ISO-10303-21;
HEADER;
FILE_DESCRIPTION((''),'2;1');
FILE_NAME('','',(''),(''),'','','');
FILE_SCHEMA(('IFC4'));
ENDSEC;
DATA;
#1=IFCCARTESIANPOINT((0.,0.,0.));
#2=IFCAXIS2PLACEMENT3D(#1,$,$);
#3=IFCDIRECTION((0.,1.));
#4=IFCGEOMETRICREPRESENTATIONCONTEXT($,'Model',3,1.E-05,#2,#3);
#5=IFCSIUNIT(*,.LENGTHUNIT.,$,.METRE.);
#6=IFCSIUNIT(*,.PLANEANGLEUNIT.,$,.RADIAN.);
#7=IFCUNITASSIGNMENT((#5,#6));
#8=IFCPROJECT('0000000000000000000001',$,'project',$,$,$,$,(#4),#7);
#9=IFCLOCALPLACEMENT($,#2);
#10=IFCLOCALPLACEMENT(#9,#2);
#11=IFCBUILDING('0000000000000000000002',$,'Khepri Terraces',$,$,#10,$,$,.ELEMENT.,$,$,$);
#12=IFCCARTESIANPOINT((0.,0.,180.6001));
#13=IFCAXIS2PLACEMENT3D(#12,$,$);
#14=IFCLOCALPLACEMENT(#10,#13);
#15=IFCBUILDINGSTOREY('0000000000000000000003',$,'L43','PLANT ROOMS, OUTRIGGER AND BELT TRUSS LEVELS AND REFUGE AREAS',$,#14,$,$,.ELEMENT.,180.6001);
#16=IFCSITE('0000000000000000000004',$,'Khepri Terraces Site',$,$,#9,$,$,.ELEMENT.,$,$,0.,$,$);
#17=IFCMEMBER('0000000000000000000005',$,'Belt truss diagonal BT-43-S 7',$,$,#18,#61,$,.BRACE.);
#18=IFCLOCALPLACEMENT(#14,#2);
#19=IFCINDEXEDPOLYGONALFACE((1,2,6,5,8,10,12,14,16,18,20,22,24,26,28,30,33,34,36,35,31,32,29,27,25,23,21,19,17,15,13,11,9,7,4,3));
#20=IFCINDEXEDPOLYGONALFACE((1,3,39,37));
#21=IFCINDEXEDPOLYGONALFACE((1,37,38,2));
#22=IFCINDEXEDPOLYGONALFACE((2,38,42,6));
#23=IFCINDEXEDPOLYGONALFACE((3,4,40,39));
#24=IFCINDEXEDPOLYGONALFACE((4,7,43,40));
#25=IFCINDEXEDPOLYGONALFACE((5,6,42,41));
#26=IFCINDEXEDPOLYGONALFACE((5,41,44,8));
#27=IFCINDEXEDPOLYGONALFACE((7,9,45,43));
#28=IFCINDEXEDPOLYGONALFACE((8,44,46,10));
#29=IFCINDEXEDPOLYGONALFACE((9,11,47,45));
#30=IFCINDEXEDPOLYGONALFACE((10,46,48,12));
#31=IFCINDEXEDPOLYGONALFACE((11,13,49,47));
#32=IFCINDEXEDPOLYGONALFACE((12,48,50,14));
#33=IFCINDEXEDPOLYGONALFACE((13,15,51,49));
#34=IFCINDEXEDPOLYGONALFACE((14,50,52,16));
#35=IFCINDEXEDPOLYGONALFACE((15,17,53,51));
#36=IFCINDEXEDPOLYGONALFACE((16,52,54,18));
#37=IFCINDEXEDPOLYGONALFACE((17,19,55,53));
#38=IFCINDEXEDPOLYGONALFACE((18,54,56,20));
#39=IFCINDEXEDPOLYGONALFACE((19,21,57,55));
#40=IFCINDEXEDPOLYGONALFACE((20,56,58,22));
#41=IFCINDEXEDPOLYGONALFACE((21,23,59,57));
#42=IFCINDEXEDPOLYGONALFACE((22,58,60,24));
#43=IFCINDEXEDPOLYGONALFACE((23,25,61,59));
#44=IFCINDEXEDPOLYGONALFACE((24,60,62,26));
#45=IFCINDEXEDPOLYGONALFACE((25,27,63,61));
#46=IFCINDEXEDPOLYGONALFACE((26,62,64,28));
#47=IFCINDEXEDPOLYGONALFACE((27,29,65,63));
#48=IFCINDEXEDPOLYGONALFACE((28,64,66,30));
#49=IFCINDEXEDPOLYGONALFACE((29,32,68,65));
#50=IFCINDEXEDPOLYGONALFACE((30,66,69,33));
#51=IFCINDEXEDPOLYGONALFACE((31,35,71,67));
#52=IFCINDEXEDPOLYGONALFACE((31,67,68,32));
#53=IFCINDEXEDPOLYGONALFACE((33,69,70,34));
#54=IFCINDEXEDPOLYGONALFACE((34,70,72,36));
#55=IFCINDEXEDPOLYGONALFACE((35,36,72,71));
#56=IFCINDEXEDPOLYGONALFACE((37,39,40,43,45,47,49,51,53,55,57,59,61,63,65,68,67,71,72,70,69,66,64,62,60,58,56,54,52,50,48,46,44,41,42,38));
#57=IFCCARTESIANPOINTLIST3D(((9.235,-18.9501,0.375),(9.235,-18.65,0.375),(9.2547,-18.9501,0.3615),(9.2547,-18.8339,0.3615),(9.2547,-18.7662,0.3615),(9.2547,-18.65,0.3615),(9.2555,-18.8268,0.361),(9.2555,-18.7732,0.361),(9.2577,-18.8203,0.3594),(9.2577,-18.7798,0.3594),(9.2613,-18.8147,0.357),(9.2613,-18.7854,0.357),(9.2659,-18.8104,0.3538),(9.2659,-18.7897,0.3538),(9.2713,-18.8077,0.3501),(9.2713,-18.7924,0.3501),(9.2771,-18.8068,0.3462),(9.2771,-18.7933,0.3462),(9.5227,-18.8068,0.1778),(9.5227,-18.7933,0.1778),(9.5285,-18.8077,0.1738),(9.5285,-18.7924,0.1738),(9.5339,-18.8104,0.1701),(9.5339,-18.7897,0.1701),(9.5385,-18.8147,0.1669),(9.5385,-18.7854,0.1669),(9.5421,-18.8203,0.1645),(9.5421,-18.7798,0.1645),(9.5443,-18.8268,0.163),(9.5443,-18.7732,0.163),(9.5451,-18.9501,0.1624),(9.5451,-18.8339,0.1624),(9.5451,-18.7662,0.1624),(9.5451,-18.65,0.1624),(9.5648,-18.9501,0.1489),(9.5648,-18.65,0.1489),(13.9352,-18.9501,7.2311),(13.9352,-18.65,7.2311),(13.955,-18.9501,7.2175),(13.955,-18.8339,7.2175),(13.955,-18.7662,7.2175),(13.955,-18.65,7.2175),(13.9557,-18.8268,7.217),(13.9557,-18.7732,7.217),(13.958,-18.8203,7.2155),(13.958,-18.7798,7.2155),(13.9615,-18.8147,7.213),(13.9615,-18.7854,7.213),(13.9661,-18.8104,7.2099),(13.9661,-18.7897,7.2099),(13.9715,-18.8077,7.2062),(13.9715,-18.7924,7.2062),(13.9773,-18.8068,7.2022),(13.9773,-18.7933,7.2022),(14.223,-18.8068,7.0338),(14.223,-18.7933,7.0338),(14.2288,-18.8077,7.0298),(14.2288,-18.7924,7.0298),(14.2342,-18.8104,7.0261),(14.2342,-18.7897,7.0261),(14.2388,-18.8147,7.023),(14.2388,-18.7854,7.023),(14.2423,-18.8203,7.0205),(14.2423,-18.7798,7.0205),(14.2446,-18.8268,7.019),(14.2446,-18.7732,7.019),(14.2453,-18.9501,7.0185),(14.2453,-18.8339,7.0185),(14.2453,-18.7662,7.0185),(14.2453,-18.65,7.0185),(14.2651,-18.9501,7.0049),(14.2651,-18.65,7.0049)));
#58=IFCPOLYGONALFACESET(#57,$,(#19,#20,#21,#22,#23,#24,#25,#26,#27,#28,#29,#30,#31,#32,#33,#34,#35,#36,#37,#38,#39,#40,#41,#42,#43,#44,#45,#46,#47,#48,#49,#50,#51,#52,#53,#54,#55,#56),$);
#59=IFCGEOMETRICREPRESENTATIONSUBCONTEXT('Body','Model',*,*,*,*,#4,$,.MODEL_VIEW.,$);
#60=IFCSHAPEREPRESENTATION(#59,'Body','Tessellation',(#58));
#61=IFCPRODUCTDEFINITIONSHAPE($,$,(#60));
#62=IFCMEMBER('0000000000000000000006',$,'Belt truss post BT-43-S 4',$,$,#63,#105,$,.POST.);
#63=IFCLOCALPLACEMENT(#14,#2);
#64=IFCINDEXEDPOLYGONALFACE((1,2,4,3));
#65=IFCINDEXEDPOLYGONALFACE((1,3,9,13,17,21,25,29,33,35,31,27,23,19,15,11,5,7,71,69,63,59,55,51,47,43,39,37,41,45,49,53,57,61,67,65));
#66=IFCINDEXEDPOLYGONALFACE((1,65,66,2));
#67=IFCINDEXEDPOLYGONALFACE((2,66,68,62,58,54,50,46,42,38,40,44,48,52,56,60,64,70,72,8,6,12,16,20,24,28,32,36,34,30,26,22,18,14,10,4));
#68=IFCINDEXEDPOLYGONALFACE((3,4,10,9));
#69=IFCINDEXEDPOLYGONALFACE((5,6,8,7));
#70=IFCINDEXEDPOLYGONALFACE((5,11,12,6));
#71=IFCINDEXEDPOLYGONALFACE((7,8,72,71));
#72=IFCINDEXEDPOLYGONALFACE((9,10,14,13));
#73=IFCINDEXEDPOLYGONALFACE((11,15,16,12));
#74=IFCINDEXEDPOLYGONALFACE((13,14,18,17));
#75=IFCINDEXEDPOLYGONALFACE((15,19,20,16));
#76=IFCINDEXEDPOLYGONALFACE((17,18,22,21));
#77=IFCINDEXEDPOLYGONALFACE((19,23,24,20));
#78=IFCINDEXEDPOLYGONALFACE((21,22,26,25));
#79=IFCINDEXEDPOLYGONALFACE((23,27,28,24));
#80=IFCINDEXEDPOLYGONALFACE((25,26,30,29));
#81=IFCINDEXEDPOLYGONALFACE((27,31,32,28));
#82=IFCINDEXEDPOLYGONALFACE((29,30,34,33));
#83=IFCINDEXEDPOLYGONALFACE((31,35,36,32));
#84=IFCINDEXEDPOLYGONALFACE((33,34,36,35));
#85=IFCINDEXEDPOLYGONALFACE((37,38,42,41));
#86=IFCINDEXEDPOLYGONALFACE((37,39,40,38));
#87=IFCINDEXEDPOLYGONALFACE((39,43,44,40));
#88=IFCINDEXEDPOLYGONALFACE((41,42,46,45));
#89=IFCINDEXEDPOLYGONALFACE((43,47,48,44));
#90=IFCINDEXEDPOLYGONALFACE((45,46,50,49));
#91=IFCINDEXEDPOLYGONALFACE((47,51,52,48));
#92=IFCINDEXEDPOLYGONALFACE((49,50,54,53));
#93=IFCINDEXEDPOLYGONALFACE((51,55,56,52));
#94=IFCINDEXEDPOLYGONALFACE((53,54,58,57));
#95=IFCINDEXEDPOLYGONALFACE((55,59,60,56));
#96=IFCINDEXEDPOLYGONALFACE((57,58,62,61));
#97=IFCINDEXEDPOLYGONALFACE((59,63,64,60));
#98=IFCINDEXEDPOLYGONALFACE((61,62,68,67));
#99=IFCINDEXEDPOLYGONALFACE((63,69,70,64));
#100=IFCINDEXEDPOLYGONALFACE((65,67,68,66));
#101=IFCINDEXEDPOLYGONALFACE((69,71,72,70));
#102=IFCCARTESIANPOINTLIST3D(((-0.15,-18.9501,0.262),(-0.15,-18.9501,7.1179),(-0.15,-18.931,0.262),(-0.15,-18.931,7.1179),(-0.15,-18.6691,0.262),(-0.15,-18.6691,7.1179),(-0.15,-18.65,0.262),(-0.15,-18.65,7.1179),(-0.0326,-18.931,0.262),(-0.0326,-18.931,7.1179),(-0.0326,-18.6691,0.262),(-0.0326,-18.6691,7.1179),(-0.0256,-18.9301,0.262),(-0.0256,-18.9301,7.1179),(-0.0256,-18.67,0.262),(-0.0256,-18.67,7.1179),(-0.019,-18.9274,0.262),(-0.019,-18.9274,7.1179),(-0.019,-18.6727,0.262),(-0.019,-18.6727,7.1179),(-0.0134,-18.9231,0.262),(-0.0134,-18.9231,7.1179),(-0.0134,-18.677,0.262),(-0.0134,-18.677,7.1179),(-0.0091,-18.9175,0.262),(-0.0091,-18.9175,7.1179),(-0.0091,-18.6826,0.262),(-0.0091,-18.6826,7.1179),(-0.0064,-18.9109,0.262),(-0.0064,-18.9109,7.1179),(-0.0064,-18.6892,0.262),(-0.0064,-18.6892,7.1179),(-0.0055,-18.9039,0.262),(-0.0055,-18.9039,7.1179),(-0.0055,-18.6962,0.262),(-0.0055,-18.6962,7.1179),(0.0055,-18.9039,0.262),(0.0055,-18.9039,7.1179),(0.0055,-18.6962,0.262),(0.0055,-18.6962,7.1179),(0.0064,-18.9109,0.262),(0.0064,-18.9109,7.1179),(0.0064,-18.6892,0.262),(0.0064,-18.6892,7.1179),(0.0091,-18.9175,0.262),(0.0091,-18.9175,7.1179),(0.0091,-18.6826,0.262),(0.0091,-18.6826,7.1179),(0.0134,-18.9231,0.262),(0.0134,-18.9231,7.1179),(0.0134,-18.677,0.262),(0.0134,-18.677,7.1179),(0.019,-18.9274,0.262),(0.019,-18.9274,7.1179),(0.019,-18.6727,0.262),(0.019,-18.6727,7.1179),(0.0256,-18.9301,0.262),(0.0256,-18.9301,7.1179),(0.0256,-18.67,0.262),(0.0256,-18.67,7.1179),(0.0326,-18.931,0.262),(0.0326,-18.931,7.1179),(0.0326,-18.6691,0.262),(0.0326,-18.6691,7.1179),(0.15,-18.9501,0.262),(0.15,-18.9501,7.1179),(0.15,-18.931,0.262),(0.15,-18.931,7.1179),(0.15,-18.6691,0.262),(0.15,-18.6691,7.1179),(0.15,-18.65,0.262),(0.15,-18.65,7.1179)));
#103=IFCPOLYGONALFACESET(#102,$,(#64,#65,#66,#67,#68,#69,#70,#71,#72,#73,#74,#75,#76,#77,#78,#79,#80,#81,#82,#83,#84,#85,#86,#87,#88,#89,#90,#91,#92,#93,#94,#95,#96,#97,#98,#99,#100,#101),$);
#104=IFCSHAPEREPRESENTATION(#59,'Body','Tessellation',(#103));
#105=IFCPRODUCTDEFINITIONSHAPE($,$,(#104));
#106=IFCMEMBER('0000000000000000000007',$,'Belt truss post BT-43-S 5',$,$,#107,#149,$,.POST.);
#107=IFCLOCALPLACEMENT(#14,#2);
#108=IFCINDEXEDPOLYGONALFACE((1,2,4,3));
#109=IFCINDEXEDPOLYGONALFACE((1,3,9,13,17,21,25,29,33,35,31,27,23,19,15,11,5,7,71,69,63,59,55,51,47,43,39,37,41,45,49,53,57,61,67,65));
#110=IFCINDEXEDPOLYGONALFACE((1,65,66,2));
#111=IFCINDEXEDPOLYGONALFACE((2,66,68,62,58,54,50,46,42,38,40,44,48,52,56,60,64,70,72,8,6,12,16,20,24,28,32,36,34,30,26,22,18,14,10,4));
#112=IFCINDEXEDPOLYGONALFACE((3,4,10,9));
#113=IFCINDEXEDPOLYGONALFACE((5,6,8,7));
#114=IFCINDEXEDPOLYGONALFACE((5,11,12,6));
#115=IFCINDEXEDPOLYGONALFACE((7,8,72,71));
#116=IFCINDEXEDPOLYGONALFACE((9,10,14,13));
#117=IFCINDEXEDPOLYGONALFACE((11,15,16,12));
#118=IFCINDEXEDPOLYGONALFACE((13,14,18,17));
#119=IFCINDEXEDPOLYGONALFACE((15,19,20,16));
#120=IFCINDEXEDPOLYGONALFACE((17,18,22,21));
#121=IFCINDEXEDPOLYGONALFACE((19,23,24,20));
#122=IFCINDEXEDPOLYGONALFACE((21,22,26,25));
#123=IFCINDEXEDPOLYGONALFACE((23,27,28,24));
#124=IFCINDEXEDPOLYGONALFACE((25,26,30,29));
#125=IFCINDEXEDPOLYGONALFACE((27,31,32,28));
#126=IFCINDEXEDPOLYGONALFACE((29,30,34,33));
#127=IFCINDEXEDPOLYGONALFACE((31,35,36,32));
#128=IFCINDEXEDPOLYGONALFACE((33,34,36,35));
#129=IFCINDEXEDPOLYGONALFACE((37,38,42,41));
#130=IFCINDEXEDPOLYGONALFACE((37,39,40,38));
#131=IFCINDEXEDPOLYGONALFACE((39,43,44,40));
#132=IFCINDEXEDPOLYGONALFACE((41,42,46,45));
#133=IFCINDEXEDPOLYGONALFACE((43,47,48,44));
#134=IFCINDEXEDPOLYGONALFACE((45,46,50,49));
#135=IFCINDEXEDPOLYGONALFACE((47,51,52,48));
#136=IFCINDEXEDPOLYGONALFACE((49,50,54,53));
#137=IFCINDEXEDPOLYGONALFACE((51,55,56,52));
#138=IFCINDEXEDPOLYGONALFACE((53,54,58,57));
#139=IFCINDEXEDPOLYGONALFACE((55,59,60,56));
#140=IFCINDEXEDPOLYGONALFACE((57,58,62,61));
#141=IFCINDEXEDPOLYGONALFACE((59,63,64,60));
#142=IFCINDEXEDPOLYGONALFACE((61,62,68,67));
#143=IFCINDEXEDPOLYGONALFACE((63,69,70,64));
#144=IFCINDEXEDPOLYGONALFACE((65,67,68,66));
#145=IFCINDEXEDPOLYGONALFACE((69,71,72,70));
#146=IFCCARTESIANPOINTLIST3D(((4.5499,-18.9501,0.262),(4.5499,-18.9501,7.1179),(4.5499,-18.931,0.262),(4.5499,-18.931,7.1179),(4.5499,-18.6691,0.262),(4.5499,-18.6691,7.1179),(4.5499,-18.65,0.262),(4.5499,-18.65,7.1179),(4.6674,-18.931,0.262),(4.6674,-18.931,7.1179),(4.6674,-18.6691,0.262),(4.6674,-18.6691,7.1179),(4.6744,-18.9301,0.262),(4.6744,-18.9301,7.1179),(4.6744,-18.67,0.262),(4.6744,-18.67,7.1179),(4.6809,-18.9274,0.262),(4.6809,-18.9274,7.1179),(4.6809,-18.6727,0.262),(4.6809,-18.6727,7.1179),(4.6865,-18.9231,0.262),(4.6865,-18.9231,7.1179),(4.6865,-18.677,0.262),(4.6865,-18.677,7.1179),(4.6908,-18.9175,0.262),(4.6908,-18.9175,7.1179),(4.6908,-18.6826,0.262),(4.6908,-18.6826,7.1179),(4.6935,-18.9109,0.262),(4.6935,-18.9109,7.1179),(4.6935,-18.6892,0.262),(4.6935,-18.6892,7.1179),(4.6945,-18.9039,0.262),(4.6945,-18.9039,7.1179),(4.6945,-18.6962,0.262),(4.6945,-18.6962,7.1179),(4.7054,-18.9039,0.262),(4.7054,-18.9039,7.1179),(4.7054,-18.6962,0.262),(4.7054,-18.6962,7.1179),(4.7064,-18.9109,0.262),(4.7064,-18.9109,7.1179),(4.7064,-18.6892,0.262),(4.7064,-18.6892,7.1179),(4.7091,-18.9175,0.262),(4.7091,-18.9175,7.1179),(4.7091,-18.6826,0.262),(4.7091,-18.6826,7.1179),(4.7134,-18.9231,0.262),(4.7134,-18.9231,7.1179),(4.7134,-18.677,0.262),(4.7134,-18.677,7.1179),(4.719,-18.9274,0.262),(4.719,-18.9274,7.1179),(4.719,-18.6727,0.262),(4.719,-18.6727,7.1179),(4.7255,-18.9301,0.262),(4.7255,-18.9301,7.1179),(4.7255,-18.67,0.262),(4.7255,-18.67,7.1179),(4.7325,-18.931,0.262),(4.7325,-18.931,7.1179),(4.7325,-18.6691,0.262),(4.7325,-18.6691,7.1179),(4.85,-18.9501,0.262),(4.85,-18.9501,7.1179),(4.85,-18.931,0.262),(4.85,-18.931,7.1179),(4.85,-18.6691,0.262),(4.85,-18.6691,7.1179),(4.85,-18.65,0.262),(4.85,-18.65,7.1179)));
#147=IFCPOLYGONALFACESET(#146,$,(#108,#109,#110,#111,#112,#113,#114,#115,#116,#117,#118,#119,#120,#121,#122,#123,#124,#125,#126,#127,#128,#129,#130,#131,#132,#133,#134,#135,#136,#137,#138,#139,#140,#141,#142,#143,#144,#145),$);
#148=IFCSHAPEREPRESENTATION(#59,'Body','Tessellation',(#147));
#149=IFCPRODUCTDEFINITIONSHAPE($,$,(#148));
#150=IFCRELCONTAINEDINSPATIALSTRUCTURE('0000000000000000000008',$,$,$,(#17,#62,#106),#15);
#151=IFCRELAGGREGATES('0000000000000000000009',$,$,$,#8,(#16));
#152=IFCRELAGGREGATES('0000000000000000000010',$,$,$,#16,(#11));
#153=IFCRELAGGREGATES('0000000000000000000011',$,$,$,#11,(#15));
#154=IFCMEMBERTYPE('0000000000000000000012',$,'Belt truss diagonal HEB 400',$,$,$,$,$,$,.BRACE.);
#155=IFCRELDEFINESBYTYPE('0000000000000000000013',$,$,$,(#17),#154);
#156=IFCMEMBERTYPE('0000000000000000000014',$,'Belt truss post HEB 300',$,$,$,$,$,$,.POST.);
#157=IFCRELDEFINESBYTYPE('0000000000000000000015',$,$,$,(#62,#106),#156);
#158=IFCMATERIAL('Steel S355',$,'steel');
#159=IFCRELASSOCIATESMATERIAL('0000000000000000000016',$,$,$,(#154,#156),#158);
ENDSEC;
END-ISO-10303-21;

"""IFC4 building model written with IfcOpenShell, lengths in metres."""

from ifc_helpers import new_model, si_unit, direction, frame, origin, origin_2d, place, context, subcontext, project, spatial, i_section, extrude, material, material_profile, profile_set, type_object, element, save


model = new_model("IFC4")

# Units and contexts
model_context = context("Model", 3, precision=1e-05, world=origin(), true_north=direction((0.0, 1.0)))
body_context = subcontext(model_context, "Body", "Model", "MODEL_VIEW")
ifc_project = project(units=[si_unit("LENGTHUNIT", "METRE"), si_unit("PLANEANGLEUNIT", "RADIAN")], contexts=[model_context])

# Site, building, storey
site_placement = place(None, origin())
site = spatial("IfcSite", under=ifc_project, at=site_placement, Name="Khepri Terraces Site", CompositionType="ELEMENT", RefElevation=0.0)
building_placement = place(site_placement, origin())
building = spatial("IfcBuilding", under=site, at=building_placement, Name="Khepri Terraces", CompositionType="ELEMENT")
storey_placement = place(building_placement, frame((0.0, 0.0, 180.6001)))
storey = spatial("IfcBuildingStorey", under=building, at=storey_placement, Name="L43", Description="PLANT ROOMS, OUTRIGGER AND BELT TRUSS LEVELS AND REFUGE AREAS", CompositionType="ELEMENT", Elevation=180.6001)

# Members
ifc_material_1 = material(Name="Steel S355", Category="steel")
ifc_material_profile_1 = material_profile(ifc_material_1, i_section(OverallWidth=0.3, OverallDepth=0.3999, WebThickness=0.0134, FlangeThickness=0.0239, FilletRadius=0.0271, at=origin_2d()), Name="Steel S355", Category="steel")
ifc_profile_set_1 = profile_set([ifc_material_profile_1], Name="Steel S355")
member_type_1 = type_object("IfcMemberType", Name="Belt truss diagonal HEB 400", PredefinedType="BRACE", material=ifc_profile_set_1)
member_placement = place(storey_placement, frame((9.3999, -18.8, 0.262), z_axis=(0.565444, 0.0, 0.824787), x_axis=(0.0, 1.0, 0.0)))
element("IfcMember", 1, at=member_placement, inside=storey, type_object=member_type_1, Name="Belt truss diagonal BT-43-S 7", PredefinedType="BRACE", context=body_context, shape_type="SweptSolid", body=[
    extrude(i_section(OverallWidth=0.3, OverallDepth=0.3999, WebThickness=0.0134, FlangeThickness=0.0239, FilletRadius=0.0271, at=origin_2d()), origin(), (0.0, 0.0, 1.0), 8.3125),
])
ifc_material_profile_2 = material_profile(ifc_material_1, i_section(OverallWidth=0.3, OverallDepth=0.3, WebThickness=0.011, FlangeThickness=0.019, FilletRadius=0.0271, at=origin_2d()), Name="Steel S355", Category="steel")
ifc_profile_set_2 = profile_set([ifc_material_profile_2], Name="Steel S355")
member_type_2 = type_object("IfcMemberType", Name="Belt truss post HEB 300", PredefinedType="POST", material=ifc_profile_set_2)
for number, where, z_axis, x_axis, name in (
    (2, (0.0, -18.8, 0.262), (0.0, 0.0, 1.0), (1.0, 0.0, 0.0), "Belt truss post BT-43-S 4"),
    (3, (4.7, -18.8, 0.262), (0.0, 0.0, 1.0), (1.0, 0.0, 0.0), "Belt truss post BT-43-S 5"),
):
    element("IfcMember", number, at=place(storey_placement, frame(where, z_axis=z_axis, x_axis=x_axis)), inside=storey, type_object=member_type_2, Name=name, PredefinedType="POST", context=body_context, shape_type="SweptSolid", body=[
        extrude(i_section(OverallWidth=0.3, OverallDepth=0.3, WebThickness=0.011, FlangeThickness=0.019, FilletRadius=0.0271, at=origin_2d()), origin(), (0.0, 0.0, 1.0), 6.856),
    ])

save(model, "model.ifc")
